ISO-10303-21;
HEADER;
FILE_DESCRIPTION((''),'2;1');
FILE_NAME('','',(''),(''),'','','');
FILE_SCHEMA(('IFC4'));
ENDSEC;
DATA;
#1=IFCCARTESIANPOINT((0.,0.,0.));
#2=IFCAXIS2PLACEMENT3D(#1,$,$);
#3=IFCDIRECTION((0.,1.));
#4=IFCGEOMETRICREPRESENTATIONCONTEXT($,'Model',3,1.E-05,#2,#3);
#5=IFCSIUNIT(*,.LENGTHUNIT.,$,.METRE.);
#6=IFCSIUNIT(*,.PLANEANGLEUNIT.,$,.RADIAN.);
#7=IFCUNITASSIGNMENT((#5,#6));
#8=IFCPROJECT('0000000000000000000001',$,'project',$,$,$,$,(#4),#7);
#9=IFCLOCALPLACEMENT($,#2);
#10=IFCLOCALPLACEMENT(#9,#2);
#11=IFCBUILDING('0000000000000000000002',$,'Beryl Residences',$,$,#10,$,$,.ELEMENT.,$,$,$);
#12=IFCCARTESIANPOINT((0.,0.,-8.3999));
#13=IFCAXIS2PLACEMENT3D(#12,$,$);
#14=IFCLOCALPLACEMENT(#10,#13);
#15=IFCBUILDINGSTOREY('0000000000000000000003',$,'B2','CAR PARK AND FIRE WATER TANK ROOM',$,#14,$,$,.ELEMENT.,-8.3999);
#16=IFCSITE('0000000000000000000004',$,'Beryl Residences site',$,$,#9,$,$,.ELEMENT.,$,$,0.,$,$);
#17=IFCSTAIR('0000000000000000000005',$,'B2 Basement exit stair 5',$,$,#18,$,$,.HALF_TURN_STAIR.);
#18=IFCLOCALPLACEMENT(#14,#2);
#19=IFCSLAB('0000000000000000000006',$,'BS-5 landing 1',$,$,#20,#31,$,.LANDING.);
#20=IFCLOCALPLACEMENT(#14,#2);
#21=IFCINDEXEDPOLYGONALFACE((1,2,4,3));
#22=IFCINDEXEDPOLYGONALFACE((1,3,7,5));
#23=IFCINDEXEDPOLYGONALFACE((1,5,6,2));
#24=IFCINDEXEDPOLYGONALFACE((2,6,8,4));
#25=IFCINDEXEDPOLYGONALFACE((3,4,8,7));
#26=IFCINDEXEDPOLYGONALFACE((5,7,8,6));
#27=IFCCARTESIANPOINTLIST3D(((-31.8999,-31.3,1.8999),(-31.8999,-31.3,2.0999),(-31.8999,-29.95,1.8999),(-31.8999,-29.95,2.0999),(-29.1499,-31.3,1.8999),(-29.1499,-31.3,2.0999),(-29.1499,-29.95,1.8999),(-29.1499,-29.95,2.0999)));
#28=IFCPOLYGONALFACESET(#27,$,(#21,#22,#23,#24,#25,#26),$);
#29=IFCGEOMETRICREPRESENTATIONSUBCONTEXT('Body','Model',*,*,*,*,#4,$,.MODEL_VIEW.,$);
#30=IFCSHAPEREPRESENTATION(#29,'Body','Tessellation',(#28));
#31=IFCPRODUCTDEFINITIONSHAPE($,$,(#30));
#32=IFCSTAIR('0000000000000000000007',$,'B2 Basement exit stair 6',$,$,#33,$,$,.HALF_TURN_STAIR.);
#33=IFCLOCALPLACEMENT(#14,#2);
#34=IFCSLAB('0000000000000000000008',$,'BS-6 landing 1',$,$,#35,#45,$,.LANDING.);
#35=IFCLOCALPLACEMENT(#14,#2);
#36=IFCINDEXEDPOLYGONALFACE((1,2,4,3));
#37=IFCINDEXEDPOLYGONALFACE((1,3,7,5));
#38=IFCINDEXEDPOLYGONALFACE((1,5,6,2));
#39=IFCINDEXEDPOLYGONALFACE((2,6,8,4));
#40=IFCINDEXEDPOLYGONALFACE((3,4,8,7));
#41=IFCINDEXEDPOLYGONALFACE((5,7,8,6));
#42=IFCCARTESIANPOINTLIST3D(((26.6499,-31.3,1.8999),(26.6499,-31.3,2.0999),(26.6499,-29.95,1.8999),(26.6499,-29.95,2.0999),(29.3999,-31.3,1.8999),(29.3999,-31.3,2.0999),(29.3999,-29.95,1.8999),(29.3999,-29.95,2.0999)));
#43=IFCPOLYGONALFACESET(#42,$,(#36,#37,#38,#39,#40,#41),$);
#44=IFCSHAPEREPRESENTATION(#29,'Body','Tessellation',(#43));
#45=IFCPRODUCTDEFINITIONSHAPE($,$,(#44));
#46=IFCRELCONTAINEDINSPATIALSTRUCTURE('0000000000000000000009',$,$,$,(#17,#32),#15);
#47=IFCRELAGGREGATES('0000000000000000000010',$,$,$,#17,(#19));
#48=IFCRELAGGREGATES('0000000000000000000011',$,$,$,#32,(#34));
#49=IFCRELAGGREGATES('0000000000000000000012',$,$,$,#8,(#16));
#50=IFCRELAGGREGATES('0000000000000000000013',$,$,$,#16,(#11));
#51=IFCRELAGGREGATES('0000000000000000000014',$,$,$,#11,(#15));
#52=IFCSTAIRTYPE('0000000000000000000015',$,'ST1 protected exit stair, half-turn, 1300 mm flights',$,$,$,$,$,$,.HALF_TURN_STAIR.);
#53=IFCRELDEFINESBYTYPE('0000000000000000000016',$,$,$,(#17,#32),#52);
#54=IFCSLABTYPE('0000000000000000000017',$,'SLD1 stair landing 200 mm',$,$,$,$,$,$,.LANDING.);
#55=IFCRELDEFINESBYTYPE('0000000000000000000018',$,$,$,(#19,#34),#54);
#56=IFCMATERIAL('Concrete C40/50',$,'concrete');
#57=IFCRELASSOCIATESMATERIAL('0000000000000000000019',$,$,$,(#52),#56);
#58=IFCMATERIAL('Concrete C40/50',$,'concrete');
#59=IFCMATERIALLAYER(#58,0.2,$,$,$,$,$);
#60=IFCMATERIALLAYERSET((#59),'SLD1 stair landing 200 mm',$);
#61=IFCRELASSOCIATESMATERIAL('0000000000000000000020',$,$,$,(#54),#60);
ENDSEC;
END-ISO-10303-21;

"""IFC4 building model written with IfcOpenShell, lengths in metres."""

from ifc_helpers import new_model, si_unit, direction, frame, origin, place, context, subcontext, project, spatial, polyline, outline, extrude, material, layer, layer_set, type_object, element, aggregate, save


model = new_model("IFC4")

# Units and contexts
model_context = context("Model", 3, precision=1e-05, world=origin(), true_north=direction((0.0, 1.0)))
body_context = subcontext(model_context, "Body", "Model", "MODEL_VIEW")
ifc_project = project(units=[si_unit("LENGTHUNIT", "METRE"), si_unit("PLANEANGLEUNIT", "RADIAN")], contexts=[model_context])

# Site, building, storey
site_placement = place(None, origin())
site = spatial("IfcSite", under=ifc_project, at=site_placement, Name="Beryl Residences site", CompositionType="ELEMENT", RefElevation=0.0)
building_placement = place(site_placement, origin())
building = spatial("IfcBuilding", under=site, at=building_placement, Name="Beryl Residences", CompositionType="ELEMENT")
storey_placement = place(building_placement, frame((0.0, 0.0, -8.3999)))
storey = spatial("IfcBuildingStorey", under=building, at=storey_placement, Name="B2", Description="CAR PARK AND FIRE WATER TANK ROOM", CompositionType="ELEMENT", Elevation=-8.3999)

# Stairs, slabs
ifc_material_1 = material(Name="Concrete C40/50", Category="concrete")
stair_type = type_object("IfcStairType", Name="ST1 protected exit stair, half-turn, 1300 mm flights", PredefinedType="HALF_TURN_STAIR", material=ifc_material_1)
ifc_material_2 = material(Name="Concrete C40/50", Category="concrete")
ifc_layer = layer(ifc_material_2, 0.2)
ifc_layer_set = layer_set([ifc_layer], Name="SLD1 stair landing 200 mm")
slab_type = type_object("IfcSlabType", Name="SLD1 stair landing 200 mm", PredefinedType="LANDING", material=ifc_layer_set)
stair_1_placement = place(storey_placement, origin())
stair_1 = element("IfcStair", 1, at=stair_1_placement, inside=storey, type_object=stair_type, Name="B2 Basement exit stair 5", PredefinedType="HALF_TURN_STAIR")
slab_1_placement = place(storey_placement, frame((0.0, 0.0, 1.8999)))
slab_1 = element("IfcSlab", 2, at=slab_1_placement, type_object=slab_type, Name="BS-5 landing 1", PredefinedType="LANDING", context=body_context, shape_type="SweptSolid", body=[
    extrude(outline(polyline([(-31.8999, -29.95), (-31.8999, -31.3), (-29.1499, -31.3), (-29.1499, -29.95), (-31.8999, -29.95)])), origin(), (0.0, 0.0, 1.0), 0.2),
])
aggregate(stair_1, [slab_1])
stair_2_placement = place(storey_placement, origin())
stair_2 = element("IfcStair", 3, at=stair_2_placement, inside=storey, type_object=stair_type, Name="B2 Basement exit stair 6", PredefinedType="HALF_TURN_STAIR")
slab_2_placement = place(storey_placement, frame((0.0, 0.0, 1.8999)))
slab_2 = element("IfcSlab", 4, at=slab_2_placement, type_object=slab_type, Name="BS-6 landing 1", PredefinedType="LANDING", context=body_context, shape_type="SweptSolid", body=[
    extrude(outline(polyline([(26.6499, -29.95), (26.6499, -31.3), (29.3999, -31.3), (29.3999, -29.95), (26.6499, -29.95)])), origin(), (0.0, 0.0, 1.0), 0.2),
])
aggregate(stair_2, [slab_2])

save(model, "model.ifc")
